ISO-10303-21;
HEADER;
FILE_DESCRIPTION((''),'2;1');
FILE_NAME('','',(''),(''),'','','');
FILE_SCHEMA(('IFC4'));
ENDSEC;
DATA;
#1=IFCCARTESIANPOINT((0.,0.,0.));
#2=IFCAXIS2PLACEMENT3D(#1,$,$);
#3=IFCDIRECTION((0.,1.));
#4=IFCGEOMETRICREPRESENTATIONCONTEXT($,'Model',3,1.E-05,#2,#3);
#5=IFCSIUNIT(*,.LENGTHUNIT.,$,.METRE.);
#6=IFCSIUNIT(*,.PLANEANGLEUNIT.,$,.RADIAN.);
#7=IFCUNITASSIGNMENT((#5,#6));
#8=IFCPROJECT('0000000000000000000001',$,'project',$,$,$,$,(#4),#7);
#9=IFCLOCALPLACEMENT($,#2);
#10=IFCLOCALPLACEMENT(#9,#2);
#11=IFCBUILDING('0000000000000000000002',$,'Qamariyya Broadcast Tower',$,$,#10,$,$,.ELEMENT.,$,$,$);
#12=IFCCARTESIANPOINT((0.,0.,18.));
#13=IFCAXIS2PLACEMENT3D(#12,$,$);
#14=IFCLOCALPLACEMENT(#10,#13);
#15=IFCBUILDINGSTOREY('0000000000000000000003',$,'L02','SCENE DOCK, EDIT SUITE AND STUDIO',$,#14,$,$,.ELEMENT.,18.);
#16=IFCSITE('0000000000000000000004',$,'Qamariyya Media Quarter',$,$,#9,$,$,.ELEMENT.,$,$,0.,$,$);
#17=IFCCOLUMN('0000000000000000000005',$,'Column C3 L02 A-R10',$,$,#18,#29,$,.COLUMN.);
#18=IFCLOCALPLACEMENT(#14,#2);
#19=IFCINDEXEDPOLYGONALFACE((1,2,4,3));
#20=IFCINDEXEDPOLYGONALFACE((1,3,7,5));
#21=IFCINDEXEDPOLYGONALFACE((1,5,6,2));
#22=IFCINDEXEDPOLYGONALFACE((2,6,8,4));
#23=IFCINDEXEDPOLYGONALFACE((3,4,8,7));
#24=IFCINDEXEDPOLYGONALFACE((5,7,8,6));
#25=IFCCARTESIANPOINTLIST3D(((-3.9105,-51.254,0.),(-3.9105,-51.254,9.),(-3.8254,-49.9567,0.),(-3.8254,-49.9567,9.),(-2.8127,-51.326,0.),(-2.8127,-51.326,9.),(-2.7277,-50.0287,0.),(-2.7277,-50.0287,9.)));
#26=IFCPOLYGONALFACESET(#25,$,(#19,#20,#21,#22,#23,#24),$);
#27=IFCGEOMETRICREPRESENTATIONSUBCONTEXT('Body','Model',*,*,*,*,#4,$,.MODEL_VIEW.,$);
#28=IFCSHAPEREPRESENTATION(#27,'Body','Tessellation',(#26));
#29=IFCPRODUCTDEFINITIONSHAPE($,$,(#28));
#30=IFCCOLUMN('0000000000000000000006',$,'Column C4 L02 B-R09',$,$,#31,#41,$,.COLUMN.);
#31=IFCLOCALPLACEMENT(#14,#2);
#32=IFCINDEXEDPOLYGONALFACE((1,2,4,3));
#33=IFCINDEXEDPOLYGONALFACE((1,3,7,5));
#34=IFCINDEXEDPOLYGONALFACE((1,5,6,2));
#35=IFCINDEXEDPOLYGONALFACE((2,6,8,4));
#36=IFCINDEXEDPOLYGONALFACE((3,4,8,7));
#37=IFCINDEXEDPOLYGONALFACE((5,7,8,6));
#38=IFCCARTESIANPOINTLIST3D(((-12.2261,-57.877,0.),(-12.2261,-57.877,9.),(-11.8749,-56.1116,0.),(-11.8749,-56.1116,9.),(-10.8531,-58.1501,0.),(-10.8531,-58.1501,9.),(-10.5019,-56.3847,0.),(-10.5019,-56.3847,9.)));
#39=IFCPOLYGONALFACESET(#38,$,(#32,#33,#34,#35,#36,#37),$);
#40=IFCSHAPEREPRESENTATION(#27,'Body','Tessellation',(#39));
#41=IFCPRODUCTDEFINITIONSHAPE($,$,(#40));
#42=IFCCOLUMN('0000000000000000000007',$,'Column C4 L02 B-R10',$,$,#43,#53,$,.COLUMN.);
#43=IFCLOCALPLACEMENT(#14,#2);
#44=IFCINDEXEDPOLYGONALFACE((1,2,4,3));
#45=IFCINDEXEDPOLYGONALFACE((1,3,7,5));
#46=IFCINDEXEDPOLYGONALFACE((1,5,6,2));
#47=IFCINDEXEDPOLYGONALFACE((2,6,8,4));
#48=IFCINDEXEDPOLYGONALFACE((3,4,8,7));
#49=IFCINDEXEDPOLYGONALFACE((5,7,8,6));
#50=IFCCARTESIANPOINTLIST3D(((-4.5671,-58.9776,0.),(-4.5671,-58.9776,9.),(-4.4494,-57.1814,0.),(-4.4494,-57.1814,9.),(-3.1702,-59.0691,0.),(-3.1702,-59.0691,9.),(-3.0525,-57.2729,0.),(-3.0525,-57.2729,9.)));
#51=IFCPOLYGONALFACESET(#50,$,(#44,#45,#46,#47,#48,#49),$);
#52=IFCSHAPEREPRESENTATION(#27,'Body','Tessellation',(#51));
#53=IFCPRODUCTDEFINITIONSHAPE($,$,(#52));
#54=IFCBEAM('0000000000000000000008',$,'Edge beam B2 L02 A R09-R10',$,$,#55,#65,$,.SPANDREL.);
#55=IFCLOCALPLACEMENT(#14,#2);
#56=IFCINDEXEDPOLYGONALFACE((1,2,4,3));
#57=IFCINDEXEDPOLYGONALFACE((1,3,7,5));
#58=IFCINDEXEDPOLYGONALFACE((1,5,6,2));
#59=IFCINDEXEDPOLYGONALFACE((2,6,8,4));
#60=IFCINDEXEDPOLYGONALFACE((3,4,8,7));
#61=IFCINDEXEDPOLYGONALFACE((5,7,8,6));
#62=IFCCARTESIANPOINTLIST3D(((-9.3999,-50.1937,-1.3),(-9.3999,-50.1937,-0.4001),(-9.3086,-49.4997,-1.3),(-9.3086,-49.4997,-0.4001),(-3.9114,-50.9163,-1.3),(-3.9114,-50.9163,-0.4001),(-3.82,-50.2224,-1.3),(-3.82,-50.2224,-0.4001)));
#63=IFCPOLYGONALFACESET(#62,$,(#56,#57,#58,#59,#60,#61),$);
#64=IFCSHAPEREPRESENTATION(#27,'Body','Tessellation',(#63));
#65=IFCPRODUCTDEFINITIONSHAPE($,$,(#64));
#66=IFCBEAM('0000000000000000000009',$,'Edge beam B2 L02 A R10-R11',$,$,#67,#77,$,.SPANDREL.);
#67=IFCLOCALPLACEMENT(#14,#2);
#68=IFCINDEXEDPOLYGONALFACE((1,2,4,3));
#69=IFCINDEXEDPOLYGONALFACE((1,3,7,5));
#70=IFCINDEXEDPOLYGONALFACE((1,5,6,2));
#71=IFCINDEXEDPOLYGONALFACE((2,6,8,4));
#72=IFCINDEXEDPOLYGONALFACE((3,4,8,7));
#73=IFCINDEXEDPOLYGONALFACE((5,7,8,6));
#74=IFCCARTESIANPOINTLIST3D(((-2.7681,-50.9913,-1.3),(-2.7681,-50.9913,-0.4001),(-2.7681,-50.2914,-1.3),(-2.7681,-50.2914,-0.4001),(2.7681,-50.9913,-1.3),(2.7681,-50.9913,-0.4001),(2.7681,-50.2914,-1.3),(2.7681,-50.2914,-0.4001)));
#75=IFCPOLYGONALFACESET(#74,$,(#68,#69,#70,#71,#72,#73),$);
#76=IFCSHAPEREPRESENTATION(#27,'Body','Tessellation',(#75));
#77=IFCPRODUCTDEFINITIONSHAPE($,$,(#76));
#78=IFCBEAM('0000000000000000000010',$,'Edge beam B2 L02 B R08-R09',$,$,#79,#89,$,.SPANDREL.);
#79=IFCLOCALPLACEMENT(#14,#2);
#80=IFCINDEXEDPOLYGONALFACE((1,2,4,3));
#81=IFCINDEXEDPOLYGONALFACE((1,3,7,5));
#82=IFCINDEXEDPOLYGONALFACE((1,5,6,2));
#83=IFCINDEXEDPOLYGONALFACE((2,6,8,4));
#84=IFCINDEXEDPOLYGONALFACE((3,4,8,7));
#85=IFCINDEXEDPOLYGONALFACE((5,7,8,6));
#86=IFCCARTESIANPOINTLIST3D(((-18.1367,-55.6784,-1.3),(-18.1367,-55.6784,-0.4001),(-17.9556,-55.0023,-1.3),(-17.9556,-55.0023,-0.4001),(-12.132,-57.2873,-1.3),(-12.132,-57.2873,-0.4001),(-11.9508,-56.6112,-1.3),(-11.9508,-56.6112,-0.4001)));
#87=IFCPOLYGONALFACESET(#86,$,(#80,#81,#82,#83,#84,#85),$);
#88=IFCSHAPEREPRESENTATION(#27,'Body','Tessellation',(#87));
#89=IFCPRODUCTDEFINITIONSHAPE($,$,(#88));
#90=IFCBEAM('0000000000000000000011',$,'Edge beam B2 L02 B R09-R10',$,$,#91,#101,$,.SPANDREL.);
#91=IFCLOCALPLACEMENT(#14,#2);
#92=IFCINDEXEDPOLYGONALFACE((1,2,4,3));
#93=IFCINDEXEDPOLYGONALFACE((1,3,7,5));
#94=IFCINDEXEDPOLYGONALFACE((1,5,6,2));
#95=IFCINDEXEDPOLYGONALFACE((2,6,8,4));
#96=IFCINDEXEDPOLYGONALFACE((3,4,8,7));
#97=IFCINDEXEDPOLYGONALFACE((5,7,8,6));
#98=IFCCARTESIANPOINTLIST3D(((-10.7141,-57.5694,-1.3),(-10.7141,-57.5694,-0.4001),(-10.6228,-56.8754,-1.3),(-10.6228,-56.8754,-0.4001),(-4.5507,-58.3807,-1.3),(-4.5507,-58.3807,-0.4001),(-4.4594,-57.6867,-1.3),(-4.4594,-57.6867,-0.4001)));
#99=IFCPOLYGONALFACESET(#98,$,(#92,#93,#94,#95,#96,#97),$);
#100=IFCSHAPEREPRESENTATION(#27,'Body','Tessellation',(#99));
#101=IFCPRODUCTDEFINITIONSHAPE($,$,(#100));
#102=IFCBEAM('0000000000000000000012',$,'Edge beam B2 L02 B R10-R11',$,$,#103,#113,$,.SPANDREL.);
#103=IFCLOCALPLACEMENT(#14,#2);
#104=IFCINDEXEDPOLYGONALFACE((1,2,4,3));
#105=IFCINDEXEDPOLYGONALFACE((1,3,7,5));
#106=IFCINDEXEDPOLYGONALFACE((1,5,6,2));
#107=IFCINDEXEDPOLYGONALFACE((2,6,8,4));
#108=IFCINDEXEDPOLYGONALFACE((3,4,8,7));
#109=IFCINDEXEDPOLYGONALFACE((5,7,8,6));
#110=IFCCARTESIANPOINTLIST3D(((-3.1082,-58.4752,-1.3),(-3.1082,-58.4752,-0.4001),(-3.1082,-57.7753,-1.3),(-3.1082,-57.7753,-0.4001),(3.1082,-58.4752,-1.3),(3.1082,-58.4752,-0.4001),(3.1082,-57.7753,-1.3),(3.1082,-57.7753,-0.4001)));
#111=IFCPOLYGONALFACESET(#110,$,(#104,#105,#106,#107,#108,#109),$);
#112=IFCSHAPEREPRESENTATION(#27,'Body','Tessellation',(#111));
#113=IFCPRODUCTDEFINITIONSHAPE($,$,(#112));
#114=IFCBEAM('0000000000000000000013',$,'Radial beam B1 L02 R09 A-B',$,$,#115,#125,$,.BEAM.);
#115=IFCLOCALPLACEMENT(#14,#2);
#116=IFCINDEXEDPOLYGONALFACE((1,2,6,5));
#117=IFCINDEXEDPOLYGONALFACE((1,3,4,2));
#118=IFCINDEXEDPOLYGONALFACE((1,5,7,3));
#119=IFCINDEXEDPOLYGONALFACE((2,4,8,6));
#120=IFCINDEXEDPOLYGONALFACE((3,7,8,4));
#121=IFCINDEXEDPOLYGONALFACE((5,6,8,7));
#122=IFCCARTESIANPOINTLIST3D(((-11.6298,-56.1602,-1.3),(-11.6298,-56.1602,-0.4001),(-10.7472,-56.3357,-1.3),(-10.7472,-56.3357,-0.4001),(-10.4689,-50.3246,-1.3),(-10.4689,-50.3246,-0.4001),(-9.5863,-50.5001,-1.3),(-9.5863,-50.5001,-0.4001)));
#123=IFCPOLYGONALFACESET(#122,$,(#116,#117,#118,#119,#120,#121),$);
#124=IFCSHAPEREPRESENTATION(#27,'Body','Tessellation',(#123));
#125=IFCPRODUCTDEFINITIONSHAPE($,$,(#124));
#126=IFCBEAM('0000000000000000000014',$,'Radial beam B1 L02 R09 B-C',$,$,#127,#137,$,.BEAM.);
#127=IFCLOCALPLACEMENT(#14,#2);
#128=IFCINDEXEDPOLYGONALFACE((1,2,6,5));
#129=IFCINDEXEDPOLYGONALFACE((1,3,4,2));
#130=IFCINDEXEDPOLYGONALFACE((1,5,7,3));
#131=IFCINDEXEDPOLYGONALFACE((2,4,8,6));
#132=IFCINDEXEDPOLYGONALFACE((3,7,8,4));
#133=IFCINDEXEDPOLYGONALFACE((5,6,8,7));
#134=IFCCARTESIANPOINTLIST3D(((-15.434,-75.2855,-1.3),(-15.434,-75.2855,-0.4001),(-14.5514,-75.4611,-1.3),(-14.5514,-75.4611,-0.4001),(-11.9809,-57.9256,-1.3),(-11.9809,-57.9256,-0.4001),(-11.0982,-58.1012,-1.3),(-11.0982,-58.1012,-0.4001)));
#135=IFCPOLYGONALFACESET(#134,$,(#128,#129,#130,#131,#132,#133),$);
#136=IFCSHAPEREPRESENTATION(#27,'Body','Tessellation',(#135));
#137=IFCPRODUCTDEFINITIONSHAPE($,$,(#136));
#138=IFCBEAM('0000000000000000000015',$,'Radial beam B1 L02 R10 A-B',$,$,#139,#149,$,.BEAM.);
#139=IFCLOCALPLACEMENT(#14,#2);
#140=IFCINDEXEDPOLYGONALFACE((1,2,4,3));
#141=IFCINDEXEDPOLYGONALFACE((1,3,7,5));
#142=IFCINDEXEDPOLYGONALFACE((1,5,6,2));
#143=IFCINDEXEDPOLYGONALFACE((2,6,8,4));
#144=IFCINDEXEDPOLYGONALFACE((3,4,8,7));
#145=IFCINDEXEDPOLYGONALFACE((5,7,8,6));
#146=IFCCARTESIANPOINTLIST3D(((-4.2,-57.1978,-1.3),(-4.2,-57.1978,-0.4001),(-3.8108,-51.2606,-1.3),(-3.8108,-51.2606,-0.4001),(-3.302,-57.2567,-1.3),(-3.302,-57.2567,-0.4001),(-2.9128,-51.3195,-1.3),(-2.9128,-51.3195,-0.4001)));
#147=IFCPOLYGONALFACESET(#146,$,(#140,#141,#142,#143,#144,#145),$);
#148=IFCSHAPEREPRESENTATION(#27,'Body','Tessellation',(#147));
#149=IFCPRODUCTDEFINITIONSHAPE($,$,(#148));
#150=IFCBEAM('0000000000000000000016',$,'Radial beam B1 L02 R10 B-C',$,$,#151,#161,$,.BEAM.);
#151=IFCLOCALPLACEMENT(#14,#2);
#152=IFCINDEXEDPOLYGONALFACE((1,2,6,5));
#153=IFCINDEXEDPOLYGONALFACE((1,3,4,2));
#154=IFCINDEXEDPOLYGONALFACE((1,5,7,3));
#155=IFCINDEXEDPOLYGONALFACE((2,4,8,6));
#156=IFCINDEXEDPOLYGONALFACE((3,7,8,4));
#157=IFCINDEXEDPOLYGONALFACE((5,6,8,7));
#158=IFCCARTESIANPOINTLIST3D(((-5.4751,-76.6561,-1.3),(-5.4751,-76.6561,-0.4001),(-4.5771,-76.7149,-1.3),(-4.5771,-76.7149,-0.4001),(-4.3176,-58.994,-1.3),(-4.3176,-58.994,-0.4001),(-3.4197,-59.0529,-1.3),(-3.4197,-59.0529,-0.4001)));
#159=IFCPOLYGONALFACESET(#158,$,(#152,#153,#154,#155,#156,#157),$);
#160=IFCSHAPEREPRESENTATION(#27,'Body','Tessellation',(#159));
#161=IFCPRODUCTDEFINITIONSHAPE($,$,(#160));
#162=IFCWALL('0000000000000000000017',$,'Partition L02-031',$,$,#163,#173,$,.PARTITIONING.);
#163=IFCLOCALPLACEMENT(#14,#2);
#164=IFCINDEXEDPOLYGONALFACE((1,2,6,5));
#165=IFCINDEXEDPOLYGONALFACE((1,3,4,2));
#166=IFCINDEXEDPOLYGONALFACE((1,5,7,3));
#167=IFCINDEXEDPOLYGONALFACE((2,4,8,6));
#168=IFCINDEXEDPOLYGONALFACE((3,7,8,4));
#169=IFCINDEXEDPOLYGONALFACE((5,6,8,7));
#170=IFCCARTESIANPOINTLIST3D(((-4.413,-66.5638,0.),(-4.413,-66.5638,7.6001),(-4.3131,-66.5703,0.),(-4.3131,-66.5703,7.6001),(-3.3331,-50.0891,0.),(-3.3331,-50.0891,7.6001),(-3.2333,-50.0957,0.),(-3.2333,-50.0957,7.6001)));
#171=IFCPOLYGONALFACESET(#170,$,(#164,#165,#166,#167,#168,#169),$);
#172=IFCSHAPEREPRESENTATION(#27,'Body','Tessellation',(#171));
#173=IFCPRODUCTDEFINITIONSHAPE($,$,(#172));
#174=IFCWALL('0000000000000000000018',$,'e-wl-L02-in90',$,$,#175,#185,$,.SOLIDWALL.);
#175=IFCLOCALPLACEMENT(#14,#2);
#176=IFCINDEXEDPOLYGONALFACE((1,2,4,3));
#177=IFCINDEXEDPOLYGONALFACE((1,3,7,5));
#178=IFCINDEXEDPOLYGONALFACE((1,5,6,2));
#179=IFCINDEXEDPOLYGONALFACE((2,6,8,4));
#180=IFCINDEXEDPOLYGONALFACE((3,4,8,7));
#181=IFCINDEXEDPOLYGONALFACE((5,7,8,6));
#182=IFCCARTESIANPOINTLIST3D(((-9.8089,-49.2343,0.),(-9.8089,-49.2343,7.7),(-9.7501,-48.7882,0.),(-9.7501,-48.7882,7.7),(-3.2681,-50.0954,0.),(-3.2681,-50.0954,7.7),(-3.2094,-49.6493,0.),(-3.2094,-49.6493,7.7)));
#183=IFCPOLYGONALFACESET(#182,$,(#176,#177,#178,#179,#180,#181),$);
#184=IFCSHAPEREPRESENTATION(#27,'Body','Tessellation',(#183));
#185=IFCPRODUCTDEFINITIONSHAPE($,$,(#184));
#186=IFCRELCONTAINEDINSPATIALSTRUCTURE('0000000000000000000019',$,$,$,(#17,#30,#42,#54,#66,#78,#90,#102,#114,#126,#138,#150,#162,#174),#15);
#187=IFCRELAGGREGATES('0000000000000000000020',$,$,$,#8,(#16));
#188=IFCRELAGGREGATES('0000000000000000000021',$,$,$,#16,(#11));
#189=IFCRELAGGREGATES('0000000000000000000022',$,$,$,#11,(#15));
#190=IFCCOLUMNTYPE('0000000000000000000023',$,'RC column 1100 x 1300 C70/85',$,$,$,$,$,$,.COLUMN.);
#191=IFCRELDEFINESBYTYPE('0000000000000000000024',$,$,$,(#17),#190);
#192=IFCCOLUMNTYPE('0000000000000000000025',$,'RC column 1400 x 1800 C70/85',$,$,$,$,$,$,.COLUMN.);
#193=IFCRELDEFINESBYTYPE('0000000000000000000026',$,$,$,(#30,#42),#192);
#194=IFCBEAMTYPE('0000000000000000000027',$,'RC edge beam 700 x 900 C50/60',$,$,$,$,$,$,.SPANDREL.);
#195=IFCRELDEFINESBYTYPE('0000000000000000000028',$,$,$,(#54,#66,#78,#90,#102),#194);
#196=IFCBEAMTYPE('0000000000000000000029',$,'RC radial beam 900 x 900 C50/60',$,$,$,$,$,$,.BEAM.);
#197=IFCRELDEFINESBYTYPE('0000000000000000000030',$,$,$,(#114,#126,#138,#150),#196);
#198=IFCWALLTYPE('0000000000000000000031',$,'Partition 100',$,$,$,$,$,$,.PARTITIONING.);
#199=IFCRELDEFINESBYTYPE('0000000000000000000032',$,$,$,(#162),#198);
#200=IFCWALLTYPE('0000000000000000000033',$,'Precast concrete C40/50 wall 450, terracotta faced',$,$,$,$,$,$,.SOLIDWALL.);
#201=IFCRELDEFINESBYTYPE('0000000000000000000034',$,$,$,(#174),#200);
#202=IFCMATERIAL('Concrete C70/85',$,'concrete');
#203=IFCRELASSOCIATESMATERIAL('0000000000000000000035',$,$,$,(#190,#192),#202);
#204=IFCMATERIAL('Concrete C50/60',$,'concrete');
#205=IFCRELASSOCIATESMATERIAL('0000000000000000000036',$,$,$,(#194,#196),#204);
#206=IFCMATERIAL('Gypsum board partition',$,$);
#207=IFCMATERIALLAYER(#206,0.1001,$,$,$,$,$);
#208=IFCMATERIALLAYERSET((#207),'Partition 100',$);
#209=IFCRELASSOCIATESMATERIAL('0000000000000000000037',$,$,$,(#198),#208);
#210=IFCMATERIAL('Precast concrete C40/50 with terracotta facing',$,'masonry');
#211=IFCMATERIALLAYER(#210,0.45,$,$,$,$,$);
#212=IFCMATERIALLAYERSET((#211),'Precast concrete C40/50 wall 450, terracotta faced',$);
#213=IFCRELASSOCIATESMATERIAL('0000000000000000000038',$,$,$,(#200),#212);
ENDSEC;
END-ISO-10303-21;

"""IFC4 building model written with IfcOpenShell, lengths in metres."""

from ifc_helpers import new_model, si_unit, direction, frame, frame_2d, origin, origin_2d, place, context, subcontext, project, spatial, rectangle, extrude, material, layer, layer_set, material_profile, profile_set, type_object, element, save


model = new_model("IFC4")

# Units and contexts
model_context = context("Model", 3, precision=1e-05, world=origin(), true_north=direction((0.0, 1.0)))
body_context = subcontext(model_context, "Body", "Model", "MODEL_VIEW")
ifc_project = project(units=[si_unit("LENGTHUNIT", "METRE"), si_unit("PLANEANGLEUNIT", "RADIAN")], contexts=[model_context])

# Site, building, storey
site_placement = place(None, origin())
site = spatial("IfcSite", under=ifc_project, at=site_placement, Name="Qamariyya Media Quarter", CompositionType="ELEMENT", RefElevation=0.0)
building_placement = place(site_placement, origin())
building = spatial("IfcBuilding", under=site, at=building_placement, Name="Qamariyya Broadcast Tower", CompositionType="ELEMENT")
storey_placement = place(building_placement, frame((0.0, 0.0, 18.0)))
storey = spatial("IfcBuildingStorey", under=building, at=storey_placement, Name="L02", Description="SCENE DOCK, EDIT SUITE AND STUDIO", CompositionType="ELEMENT", Elevation=18.0)

# Columns
ifc_material_1 = material(Name="Concrete C70/85", Category="concrete")
ifc_material_profile_1 = material_profile(ifc_material_1, rectangle(XDim=1.1001, YDim=1.3, at=origin_2d()))
ifc_profile_set_1 = profile_set([ifc_material_profile_1], Name="Concrete C70/85")
column_type_1 = type_object("IfcColumnType", Name="RC column 1100 x 1300 C70/85", PredefinedType="COLUMN", material=ifc_profile_set_1)
column_placement = place(storey_placement, frame((-3.3191, -50.6414, 0.0), z_axis=(0.0, 0.0, 1.0), x_axis=(0.997859, -0.065403, 0.0)))
element("IfcColumn", 1, at=column_placement, inside=storey, type_object=column_type_1, Name="Column C3 L02 A-R10", PredefinedType="COLUMN", context=body_context, shape_type="SweptSolid", body=[
    extrude(rectangle(XDim=1.1001, YDim=1.3, at=origin_2d()), origin(), (0.0, 0.0, 1.0), 9.0),
])
ifc_material_profile_2 = material_profile(ifc_material_1, rectangle(XDim=1.3999, YDim=1.8, at=origin_2d()))
ifc_profile_set_2 = profile_set([ifc_material_profile_2], Name="Concrete C70/85")
column_type_2 = type_object("IfcColumnType", Name="RC column 1400 x 1800 C70/85", PredefinedType="COLUMN", material=ifc_profile_set_2)
for number, where, z_axis, x_axis, name in (
    (2, (-11.364, -57.1309, 0.0), (0.0, 0.0, 1.0), (0.980785, -0.19509, 0.0), "Column C4 L02 B-R09"),
    (3, (-3.8098, -58.1252, 0.0), (0.0, 0.0, 1.0), (0.997859, -0.065403, 0.0), "Column C4 L02 B-R10"),
):
    element("IfcColumn", number, at=place(storey_placement, frame(where, z_axis=z_axis, x_axis=x_axis)), inside=storey, type_object=column_type_2, Name=name, PredefinedType="COLUMN", context=body_context, shape_type="SweptSolid", body=[
        extrude(rectangle(XDim=1.3999, YDim=1.8, at=origin_2d()), origin(), (0.0, 0.0, 1.0), 9.0),
    ])

# Beams
ifc_material_2 = material(Name="Concrete C50/60", Category="concrete")
ifc_material_profile_3 = material_profile(ifc_material_2, rectangle(XDim=0.7, YDim=0.8999, at=origin_2d()))
ifc_profile_set_3 = profile_set([ifc_material_profile_3], Name="Concrete C50/60")
beam_type_1 = type_object("IfcBeamType", Name="RC edge beam 700 x 900 C50/60", PredefinedType="SPANDREL", material=ifc_profile_set_3)
beam_1_placement = place(storey_placement, frame((-9.3542, -49.8467, -0.8501), z_axis=(0.991443, -0.13054, 0.0), x_axis=(0.13054, 0.991443, 0.0)))
element("IfcBeam", 4, at=beam_1_placement, inside=storey, type_object=beam_type_1, Name="Edge beam B2 L02 A R09-R10", PredefinedType="SPANDREL", context=body_context, shape_type="SweptSolid", body=[
    extrude(rectangle(XDim=0.7, YDim=0.8999, at=origin_2d()), origin(), (0.0, 0.0, 1.0), 5.5359),
])
beam_2_placement = place(storey_placement, frame((-2.7681, -50.6414, -0.8501), z_axis=(1.0, 0.0, 0.0), x_axis=(0.0, 1.0, 0.0)))
element("IfcBeam", 5, at=beam_2_placement, inside=storey, type_object=beam_type_1, Name="Edge beam B2 L02 A R10-R11", PredefinedType="SPANDREL", context=body_context, shape_type="SweptSolid", body=[
    extrude(rectangle(XDim=0.7, YDim=0.8999, at=origin_2d()), origin(), (0.0, 0.0, 1.0), 5.5361),
])
for number, where, z_axis, x_axis, name in (
    (6, (-18.0461, -55.3403, -0.8501), (0.965928, -0.258811, 0.0), (0.258811, 0.965928, 0.0), "Edge beam B2 L02 B R08-R09"),
    (7, (-10.6685, -57.2224, -0.8501), (0.991448, -0.130504, 0.0), (0.130504, 0.991448, 0.0), "Edge beam B2 L02 B R09-R10"),
):
    element("IfcBeam", number, at=place(storey_placement, frame(where, z_axis=z_axis, x_axis=x_axis)), inside=storey, type_object=beam_type_1, Name=name, PredefinedType="SPANDREL", context=body_context, shape_type="SweptSolid", body=[
        extrude(rectangle(XDim=0.7, YDim=0.8999, at=origin_2d()), origin(), (0.0, 0.0, 1.0), 6.2166),
    ])
beam_3_placement = place(storey_placement, frame((-3.1082, -58.1252, -0.8501), z_axis=(1.0, 0.0, 0.0), x_axis=(0.0, 1.0, 0.0)))
element("IfcBeam", 8, at=beam_3_placement, inside=storey, type_object=beam_type_1, Name="Edge beam B2 L02 B R10-R11", PredefinedType="SPANDREL", context=body_context, shape_type="SweptSolid", body=[
    extrude(rectangle(XDim=0.7, YDim=0.8999, at=origin_2d()), origin(), (0.0, 0.0, 1.0), 6.2163),
])
ifc_material_profile_4 = material_profile(ifc_material_2, rectangle(XDim=0.8999, YDim=0.8999, at=origin_2d()))
ifc_profile_set_4 = profile_set([ifc_material_profile_4], Name="Concrete C50/60")
beam_type_2 = type_object("IfcBeamType", Name="RC radial beam 900 x 900 C50/60", PredefinedType="BEAM", material=ifc_profile_set_4)
beam_4_placement = place(storey_placement, frame((-10.0276, -50.4124, -0.8501), z_axis=(-0.195106, -0.980782, 0.0), x_axis=(0.980782, -0.195106, 0.0)))
element("IfcBeam", 9, at=beam_4_placement, inside=storey, type_object=beam_type_2, Name="Radial beam B1 L02 R09 A-B", PredefinedType="BEAM", context=body_context, shape_type="SweptSolid", body=[
    extrude(rectangle(XDim=0.8999, YDim=0.8999, at=origin_2d()), origin(), (0.0, 0.0, 1.0), 5.95),
])
beam_5_placement = place(storey_placement, frame((-11.5396, -58.0134, -0.8501), z_axis=(-0.195092, -0.980785, 0.0), x_axis=(0.980785, -0.195092, 0.0)))
element("IfcBeam", 10, at=beam_5_placement, inside=storey, type_object=beam_type_2, Name="Radial beam B1 L02 R09 B-C", PredefinedType="BEAM", context=body_context, shape_type="SweptSolid", body=[
    extrude(rectangle(XDim=0.8999, YDim=0.8999, at=origin_2d()), origin(), (0.0, 0.0, 1.0), 17.7),
])
beam_6_placement = place(storey_placement, frame((-3.3618, -51.29, -0.8501), z_axis=(-0.065405, -0.997859, 0.0), x_axis=(0.997859, -0.065405, 0.0)))
element("IfcBeam", 11, at=beam_6_placement, inside=storey, type_object=beam_type_2, Name="Radial beam B1 L02 R10 A-B", PredefinedType="BEAM", context=body_context, shape_type="SweptSolid", body=[
    extrude(rectangle(XDim=0.8999, YDim=0.8999, at=origin_2d()), origin(), (0.0, 0.0, 1.0), 5.95),
])
beam_7_placement = place(storey_placement, frame((-3.8687, -59.0234, -0.8501), z_axis=(-0.065394, -0.99786, 0.0), x_axis=(0.99786, -0.065394, 0.0)))
element("IfcBeam", 12, at=beam_7_placement, inside=storey, type_object=beam_type_2, Name="Radial beam B1 L02 R10 B-C", PredefinedType="BEAM", context=body_context, shape_type="SweptSolid", body=[
    extrude(rectangle(XDim=0.8999, YDim=0.8999, at=origin_2d()), origin(), (0.0, 0.0, 1.0), 17.7),
])

# Walls
ifc_material_3 = material(Name="Gypsum board partition")
ifc_layer_1 = layer(ifc_material_3, 0.1001)
ifc_layer_set_1 = layer_set([ifc_layer_1], Name="Partition 100")
wall_type_1 = type_object("IfcWallType", Name="Partition 100", PredefinedType="PARTITIONING", material=ifc_layer_set_1)
wall_1_placement = place(storey_placement, frame((-3.2832, -50.0925, 0.0), z_axis=(0.0, 0.0, 1.0), x_axis=(-0.065405, -0.997859, 0.0)))
element("IfcWall", 13, at=wall_1_placement, inside=storey, type_object=wall_type_1, Name="Partition L02-031", PredefinedType="PARTITIONING", context=body_context, shape_type="SweptSolid", body=[
    extrude(rectangle(XDim=16.51, YDim=0.1001, at=frame_2d((8.2549, 0.0))), origin(), (0.0, 0.0, 1.0), 7.6001),
])
ifc_material_4 = material(Name="Precast concrete C40/50 with terracotta facing", Category="masonry")
ifc_layer_2 = layer(ifc_material_4, 0.45)
ifc_layer_set_2 = layer_set([ifc_layer_2], Name="Precast concrete C40/50 wall 450, terracotta faced")
wall_type_2 = type_object("IfcWallType", Name="Precast concrete C40/50 wall 450, terracotta faced", PredefinedType="SOLIDWALL", material=ifc_layer_set_2)
wall_2_placement = place(storey_placement, frame((-3.2388, -49.8723, 0.0), z_axis=(0.0, 0.0, 1.0), x_axis=(-0.991445, 0.130522, 0.0)))
element("IfcWall", 14, at=wall_2_placement, inside=storey, type_object=wall_type_2, Name="e-wl-L02-in90", PredefinedType="SOLIDWALL", context=body_context, shape_type="SweptSolid", body=[
    extrude(rectangle(XDim=6.5972, YDim=0.45, at=frame_2d((3.2986, 0.0))), origin(), (0.0, 0.0, 1.0), 7.7),
])

save(model, "model.ifc")
